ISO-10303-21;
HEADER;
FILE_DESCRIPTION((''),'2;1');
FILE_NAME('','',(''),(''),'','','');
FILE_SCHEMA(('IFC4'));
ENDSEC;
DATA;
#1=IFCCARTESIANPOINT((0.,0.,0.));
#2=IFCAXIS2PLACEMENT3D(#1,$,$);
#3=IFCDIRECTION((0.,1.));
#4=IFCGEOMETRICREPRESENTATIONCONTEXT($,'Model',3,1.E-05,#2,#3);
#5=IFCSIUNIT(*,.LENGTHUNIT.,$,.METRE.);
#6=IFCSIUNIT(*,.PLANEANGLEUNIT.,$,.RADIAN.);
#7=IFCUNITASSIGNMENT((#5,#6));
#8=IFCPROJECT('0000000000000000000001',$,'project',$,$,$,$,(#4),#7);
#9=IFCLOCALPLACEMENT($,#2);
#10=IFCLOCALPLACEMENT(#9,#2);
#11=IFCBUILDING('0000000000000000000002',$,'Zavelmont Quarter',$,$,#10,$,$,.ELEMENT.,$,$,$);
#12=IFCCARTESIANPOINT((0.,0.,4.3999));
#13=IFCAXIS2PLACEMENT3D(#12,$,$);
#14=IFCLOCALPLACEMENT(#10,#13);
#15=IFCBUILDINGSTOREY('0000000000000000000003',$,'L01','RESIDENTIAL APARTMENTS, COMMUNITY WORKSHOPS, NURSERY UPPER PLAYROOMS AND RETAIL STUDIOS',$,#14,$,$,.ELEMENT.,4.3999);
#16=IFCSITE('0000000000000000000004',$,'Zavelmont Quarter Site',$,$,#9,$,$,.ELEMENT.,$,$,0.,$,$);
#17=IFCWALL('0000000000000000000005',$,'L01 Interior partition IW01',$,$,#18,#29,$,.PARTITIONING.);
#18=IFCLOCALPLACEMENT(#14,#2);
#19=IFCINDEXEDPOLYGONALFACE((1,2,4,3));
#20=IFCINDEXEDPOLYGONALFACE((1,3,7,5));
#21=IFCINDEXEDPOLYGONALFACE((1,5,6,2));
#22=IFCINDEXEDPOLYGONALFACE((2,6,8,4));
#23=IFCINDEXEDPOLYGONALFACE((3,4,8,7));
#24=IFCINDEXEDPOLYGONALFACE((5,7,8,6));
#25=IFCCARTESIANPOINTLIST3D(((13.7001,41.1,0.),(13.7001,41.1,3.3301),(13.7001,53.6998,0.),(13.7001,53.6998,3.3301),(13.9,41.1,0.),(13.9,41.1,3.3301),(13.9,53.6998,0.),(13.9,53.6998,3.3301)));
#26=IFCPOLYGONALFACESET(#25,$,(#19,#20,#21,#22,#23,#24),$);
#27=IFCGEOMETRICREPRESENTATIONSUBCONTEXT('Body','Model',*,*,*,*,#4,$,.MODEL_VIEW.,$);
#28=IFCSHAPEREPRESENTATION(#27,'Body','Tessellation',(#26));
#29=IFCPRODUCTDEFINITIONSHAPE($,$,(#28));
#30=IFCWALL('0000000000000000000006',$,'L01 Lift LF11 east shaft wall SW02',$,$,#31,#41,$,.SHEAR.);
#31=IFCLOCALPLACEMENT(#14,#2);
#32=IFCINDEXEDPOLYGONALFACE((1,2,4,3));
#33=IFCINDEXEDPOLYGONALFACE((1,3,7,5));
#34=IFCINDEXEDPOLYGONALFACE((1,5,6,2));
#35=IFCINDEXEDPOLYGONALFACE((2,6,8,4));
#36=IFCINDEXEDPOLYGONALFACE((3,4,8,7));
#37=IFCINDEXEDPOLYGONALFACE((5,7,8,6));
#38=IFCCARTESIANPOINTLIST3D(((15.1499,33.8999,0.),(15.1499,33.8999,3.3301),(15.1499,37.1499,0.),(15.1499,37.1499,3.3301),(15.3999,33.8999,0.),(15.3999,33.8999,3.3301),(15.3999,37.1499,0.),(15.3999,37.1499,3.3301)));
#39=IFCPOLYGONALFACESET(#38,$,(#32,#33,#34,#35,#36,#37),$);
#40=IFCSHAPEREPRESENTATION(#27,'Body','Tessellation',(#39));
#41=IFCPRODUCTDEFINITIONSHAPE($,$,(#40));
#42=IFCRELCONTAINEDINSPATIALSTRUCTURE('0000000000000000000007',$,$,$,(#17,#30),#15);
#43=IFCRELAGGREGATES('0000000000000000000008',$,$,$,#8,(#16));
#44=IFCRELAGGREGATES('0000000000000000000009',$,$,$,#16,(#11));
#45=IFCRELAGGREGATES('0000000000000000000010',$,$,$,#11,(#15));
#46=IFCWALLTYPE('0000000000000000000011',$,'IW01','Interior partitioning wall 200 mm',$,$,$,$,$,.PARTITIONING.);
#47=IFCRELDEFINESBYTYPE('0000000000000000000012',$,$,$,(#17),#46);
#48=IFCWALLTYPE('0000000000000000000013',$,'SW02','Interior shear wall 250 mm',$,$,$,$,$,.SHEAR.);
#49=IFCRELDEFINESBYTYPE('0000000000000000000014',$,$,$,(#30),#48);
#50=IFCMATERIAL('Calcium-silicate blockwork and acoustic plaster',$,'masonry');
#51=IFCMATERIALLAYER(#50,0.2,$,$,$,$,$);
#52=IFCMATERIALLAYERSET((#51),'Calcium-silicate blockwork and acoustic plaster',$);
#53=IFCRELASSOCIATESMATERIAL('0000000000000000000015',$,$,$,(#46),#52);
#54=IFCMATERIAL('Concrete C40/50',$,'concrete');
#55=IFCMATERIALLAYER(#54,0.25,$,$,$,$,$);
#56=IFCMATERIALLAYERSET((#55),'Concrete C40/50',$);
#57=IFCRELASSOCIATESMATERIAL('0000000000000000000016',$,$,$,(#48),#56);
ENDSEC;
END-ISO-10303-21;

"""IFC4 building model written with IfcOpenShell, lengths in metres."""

from ifc_helpers import new_model, si_unit, direction, frame, frame_2d, origin, place, context, subcontext, project, spatial, rectangle, extrude, material, layer, layer_set, type_object, element, save


model = new_model("IFC4")

# Units and contexts
model_context = context("Model", 3, precision=1e-05, world=origin(), true_north=direction((0.0, 1.0)))
body_context = subcontext(model_context, "Body", "Model", "MODEL_VIEW")
ifc_project = project(units=[si_unit("LENGTHUNIT", "METRE"), si_unit("PLANEANGLEUNIT", "RADIAN")], contexts=[model_context])

# Site, building, storey
site_placement = place(None, origin())
site = spatial("IfcSite", under=ifc_project, at=site_placement, Name="Zavelmont Quarter Site", CompositionType="ELEMENT", RefElevation=0.0)
building_placement = place(site_placement, origin())
building = spatial("IfcBuilding", under=site, at=building_placement, Name="Zavelmont Quarter", CompositionType="ELEMENT")
storey_placement = place(building_placement, frame((0.0, 0.0, 4.3999)))
storey = spatial("IfcBuildingStorey", under=building, at=storey_placement, Name="L01", Description="RESIDENTIAL APARTMENTS, COMMUNITY WORKSHOPS, NURSERY UPPER PLAYROOMS AND RETAIL STUDIOS", CompositionType="ELEMENT", Elevation=4.3999)

# Shared definitions
ifc_material_1 = material(Name="Concrete C40/50", Category="concrete")

# Wall
ifc_material_2 = material(Name="Calcium-silicate blockwork and acoustic plaster", Category="masonry")
ifc_layer_1 = layer(ifc_material_2, 0.2)
ifc_layer_set_1 = layer_set([ifc_layer_1], Name="Calcium-silicate blockwork and acoustic plaster")
wall_type_1 = type_object("IfcWallType", Name="IW01", Description="Interior partitioning wall 200 mm", PredefinedType="PARTITIONING", material=ifc_layer_set_1)
wall_1_placement = place(storey_placement, frame((13.8, 41.1001, 0.0), z_axis=(0.0, 0.0, 1.0), x_axis=(0.0, 1.0, 0.0)))
element("IfcWall", 1, at=wall_1_placement, inside=storey, type_object=wall_type_1, Name="L01 Interior partition IW01", PredefinedType="PARTITIONING", context=body_context, shape_type="SweptSolid", body=[
    extrude(rectangle(XDim=12.5999, YDim=0.2, at=frame_2d((6.2998, 0.0))), origin(), (0.0, 0.0, 1.0), 3.3301),
])

# Wall
ifc_layer_2 = layer(ifc_material_1, 0.25)
ifc_layer_set_2 = layer_set([ifc_layer_2], Name="Concrete C40/50")
wall_type_2 = type_object("IfcWallType", Name="SW02", Description="Interior shear wall 250 mm", PredefinedType="SHEAR", material=ifc_layer_set_2)
wall_2_placement = place(storey_placement, frame((15.2749, 33.8999, 0.0), z_axis=(0.0, 0.0, 1.0), x_axis=(0.0, 1.0, 0.0)))
element("IfcWall", 2, at=wall_2_placement, inside=storey, type_object=wall_type_2, Name="L01 Lift LF11 east shaft wall SW02", PredefinedType="SHEAR", context=body_context, shape_type="SweptSolid", body=[
    extrude(rectangle(XDim=3.25, YDim=0.25, at=frame_2d((1.625, 0.0))), origin(), (0.0, 0.0, 1.0), 3.3301),
])

save(model, "model.ifc")
